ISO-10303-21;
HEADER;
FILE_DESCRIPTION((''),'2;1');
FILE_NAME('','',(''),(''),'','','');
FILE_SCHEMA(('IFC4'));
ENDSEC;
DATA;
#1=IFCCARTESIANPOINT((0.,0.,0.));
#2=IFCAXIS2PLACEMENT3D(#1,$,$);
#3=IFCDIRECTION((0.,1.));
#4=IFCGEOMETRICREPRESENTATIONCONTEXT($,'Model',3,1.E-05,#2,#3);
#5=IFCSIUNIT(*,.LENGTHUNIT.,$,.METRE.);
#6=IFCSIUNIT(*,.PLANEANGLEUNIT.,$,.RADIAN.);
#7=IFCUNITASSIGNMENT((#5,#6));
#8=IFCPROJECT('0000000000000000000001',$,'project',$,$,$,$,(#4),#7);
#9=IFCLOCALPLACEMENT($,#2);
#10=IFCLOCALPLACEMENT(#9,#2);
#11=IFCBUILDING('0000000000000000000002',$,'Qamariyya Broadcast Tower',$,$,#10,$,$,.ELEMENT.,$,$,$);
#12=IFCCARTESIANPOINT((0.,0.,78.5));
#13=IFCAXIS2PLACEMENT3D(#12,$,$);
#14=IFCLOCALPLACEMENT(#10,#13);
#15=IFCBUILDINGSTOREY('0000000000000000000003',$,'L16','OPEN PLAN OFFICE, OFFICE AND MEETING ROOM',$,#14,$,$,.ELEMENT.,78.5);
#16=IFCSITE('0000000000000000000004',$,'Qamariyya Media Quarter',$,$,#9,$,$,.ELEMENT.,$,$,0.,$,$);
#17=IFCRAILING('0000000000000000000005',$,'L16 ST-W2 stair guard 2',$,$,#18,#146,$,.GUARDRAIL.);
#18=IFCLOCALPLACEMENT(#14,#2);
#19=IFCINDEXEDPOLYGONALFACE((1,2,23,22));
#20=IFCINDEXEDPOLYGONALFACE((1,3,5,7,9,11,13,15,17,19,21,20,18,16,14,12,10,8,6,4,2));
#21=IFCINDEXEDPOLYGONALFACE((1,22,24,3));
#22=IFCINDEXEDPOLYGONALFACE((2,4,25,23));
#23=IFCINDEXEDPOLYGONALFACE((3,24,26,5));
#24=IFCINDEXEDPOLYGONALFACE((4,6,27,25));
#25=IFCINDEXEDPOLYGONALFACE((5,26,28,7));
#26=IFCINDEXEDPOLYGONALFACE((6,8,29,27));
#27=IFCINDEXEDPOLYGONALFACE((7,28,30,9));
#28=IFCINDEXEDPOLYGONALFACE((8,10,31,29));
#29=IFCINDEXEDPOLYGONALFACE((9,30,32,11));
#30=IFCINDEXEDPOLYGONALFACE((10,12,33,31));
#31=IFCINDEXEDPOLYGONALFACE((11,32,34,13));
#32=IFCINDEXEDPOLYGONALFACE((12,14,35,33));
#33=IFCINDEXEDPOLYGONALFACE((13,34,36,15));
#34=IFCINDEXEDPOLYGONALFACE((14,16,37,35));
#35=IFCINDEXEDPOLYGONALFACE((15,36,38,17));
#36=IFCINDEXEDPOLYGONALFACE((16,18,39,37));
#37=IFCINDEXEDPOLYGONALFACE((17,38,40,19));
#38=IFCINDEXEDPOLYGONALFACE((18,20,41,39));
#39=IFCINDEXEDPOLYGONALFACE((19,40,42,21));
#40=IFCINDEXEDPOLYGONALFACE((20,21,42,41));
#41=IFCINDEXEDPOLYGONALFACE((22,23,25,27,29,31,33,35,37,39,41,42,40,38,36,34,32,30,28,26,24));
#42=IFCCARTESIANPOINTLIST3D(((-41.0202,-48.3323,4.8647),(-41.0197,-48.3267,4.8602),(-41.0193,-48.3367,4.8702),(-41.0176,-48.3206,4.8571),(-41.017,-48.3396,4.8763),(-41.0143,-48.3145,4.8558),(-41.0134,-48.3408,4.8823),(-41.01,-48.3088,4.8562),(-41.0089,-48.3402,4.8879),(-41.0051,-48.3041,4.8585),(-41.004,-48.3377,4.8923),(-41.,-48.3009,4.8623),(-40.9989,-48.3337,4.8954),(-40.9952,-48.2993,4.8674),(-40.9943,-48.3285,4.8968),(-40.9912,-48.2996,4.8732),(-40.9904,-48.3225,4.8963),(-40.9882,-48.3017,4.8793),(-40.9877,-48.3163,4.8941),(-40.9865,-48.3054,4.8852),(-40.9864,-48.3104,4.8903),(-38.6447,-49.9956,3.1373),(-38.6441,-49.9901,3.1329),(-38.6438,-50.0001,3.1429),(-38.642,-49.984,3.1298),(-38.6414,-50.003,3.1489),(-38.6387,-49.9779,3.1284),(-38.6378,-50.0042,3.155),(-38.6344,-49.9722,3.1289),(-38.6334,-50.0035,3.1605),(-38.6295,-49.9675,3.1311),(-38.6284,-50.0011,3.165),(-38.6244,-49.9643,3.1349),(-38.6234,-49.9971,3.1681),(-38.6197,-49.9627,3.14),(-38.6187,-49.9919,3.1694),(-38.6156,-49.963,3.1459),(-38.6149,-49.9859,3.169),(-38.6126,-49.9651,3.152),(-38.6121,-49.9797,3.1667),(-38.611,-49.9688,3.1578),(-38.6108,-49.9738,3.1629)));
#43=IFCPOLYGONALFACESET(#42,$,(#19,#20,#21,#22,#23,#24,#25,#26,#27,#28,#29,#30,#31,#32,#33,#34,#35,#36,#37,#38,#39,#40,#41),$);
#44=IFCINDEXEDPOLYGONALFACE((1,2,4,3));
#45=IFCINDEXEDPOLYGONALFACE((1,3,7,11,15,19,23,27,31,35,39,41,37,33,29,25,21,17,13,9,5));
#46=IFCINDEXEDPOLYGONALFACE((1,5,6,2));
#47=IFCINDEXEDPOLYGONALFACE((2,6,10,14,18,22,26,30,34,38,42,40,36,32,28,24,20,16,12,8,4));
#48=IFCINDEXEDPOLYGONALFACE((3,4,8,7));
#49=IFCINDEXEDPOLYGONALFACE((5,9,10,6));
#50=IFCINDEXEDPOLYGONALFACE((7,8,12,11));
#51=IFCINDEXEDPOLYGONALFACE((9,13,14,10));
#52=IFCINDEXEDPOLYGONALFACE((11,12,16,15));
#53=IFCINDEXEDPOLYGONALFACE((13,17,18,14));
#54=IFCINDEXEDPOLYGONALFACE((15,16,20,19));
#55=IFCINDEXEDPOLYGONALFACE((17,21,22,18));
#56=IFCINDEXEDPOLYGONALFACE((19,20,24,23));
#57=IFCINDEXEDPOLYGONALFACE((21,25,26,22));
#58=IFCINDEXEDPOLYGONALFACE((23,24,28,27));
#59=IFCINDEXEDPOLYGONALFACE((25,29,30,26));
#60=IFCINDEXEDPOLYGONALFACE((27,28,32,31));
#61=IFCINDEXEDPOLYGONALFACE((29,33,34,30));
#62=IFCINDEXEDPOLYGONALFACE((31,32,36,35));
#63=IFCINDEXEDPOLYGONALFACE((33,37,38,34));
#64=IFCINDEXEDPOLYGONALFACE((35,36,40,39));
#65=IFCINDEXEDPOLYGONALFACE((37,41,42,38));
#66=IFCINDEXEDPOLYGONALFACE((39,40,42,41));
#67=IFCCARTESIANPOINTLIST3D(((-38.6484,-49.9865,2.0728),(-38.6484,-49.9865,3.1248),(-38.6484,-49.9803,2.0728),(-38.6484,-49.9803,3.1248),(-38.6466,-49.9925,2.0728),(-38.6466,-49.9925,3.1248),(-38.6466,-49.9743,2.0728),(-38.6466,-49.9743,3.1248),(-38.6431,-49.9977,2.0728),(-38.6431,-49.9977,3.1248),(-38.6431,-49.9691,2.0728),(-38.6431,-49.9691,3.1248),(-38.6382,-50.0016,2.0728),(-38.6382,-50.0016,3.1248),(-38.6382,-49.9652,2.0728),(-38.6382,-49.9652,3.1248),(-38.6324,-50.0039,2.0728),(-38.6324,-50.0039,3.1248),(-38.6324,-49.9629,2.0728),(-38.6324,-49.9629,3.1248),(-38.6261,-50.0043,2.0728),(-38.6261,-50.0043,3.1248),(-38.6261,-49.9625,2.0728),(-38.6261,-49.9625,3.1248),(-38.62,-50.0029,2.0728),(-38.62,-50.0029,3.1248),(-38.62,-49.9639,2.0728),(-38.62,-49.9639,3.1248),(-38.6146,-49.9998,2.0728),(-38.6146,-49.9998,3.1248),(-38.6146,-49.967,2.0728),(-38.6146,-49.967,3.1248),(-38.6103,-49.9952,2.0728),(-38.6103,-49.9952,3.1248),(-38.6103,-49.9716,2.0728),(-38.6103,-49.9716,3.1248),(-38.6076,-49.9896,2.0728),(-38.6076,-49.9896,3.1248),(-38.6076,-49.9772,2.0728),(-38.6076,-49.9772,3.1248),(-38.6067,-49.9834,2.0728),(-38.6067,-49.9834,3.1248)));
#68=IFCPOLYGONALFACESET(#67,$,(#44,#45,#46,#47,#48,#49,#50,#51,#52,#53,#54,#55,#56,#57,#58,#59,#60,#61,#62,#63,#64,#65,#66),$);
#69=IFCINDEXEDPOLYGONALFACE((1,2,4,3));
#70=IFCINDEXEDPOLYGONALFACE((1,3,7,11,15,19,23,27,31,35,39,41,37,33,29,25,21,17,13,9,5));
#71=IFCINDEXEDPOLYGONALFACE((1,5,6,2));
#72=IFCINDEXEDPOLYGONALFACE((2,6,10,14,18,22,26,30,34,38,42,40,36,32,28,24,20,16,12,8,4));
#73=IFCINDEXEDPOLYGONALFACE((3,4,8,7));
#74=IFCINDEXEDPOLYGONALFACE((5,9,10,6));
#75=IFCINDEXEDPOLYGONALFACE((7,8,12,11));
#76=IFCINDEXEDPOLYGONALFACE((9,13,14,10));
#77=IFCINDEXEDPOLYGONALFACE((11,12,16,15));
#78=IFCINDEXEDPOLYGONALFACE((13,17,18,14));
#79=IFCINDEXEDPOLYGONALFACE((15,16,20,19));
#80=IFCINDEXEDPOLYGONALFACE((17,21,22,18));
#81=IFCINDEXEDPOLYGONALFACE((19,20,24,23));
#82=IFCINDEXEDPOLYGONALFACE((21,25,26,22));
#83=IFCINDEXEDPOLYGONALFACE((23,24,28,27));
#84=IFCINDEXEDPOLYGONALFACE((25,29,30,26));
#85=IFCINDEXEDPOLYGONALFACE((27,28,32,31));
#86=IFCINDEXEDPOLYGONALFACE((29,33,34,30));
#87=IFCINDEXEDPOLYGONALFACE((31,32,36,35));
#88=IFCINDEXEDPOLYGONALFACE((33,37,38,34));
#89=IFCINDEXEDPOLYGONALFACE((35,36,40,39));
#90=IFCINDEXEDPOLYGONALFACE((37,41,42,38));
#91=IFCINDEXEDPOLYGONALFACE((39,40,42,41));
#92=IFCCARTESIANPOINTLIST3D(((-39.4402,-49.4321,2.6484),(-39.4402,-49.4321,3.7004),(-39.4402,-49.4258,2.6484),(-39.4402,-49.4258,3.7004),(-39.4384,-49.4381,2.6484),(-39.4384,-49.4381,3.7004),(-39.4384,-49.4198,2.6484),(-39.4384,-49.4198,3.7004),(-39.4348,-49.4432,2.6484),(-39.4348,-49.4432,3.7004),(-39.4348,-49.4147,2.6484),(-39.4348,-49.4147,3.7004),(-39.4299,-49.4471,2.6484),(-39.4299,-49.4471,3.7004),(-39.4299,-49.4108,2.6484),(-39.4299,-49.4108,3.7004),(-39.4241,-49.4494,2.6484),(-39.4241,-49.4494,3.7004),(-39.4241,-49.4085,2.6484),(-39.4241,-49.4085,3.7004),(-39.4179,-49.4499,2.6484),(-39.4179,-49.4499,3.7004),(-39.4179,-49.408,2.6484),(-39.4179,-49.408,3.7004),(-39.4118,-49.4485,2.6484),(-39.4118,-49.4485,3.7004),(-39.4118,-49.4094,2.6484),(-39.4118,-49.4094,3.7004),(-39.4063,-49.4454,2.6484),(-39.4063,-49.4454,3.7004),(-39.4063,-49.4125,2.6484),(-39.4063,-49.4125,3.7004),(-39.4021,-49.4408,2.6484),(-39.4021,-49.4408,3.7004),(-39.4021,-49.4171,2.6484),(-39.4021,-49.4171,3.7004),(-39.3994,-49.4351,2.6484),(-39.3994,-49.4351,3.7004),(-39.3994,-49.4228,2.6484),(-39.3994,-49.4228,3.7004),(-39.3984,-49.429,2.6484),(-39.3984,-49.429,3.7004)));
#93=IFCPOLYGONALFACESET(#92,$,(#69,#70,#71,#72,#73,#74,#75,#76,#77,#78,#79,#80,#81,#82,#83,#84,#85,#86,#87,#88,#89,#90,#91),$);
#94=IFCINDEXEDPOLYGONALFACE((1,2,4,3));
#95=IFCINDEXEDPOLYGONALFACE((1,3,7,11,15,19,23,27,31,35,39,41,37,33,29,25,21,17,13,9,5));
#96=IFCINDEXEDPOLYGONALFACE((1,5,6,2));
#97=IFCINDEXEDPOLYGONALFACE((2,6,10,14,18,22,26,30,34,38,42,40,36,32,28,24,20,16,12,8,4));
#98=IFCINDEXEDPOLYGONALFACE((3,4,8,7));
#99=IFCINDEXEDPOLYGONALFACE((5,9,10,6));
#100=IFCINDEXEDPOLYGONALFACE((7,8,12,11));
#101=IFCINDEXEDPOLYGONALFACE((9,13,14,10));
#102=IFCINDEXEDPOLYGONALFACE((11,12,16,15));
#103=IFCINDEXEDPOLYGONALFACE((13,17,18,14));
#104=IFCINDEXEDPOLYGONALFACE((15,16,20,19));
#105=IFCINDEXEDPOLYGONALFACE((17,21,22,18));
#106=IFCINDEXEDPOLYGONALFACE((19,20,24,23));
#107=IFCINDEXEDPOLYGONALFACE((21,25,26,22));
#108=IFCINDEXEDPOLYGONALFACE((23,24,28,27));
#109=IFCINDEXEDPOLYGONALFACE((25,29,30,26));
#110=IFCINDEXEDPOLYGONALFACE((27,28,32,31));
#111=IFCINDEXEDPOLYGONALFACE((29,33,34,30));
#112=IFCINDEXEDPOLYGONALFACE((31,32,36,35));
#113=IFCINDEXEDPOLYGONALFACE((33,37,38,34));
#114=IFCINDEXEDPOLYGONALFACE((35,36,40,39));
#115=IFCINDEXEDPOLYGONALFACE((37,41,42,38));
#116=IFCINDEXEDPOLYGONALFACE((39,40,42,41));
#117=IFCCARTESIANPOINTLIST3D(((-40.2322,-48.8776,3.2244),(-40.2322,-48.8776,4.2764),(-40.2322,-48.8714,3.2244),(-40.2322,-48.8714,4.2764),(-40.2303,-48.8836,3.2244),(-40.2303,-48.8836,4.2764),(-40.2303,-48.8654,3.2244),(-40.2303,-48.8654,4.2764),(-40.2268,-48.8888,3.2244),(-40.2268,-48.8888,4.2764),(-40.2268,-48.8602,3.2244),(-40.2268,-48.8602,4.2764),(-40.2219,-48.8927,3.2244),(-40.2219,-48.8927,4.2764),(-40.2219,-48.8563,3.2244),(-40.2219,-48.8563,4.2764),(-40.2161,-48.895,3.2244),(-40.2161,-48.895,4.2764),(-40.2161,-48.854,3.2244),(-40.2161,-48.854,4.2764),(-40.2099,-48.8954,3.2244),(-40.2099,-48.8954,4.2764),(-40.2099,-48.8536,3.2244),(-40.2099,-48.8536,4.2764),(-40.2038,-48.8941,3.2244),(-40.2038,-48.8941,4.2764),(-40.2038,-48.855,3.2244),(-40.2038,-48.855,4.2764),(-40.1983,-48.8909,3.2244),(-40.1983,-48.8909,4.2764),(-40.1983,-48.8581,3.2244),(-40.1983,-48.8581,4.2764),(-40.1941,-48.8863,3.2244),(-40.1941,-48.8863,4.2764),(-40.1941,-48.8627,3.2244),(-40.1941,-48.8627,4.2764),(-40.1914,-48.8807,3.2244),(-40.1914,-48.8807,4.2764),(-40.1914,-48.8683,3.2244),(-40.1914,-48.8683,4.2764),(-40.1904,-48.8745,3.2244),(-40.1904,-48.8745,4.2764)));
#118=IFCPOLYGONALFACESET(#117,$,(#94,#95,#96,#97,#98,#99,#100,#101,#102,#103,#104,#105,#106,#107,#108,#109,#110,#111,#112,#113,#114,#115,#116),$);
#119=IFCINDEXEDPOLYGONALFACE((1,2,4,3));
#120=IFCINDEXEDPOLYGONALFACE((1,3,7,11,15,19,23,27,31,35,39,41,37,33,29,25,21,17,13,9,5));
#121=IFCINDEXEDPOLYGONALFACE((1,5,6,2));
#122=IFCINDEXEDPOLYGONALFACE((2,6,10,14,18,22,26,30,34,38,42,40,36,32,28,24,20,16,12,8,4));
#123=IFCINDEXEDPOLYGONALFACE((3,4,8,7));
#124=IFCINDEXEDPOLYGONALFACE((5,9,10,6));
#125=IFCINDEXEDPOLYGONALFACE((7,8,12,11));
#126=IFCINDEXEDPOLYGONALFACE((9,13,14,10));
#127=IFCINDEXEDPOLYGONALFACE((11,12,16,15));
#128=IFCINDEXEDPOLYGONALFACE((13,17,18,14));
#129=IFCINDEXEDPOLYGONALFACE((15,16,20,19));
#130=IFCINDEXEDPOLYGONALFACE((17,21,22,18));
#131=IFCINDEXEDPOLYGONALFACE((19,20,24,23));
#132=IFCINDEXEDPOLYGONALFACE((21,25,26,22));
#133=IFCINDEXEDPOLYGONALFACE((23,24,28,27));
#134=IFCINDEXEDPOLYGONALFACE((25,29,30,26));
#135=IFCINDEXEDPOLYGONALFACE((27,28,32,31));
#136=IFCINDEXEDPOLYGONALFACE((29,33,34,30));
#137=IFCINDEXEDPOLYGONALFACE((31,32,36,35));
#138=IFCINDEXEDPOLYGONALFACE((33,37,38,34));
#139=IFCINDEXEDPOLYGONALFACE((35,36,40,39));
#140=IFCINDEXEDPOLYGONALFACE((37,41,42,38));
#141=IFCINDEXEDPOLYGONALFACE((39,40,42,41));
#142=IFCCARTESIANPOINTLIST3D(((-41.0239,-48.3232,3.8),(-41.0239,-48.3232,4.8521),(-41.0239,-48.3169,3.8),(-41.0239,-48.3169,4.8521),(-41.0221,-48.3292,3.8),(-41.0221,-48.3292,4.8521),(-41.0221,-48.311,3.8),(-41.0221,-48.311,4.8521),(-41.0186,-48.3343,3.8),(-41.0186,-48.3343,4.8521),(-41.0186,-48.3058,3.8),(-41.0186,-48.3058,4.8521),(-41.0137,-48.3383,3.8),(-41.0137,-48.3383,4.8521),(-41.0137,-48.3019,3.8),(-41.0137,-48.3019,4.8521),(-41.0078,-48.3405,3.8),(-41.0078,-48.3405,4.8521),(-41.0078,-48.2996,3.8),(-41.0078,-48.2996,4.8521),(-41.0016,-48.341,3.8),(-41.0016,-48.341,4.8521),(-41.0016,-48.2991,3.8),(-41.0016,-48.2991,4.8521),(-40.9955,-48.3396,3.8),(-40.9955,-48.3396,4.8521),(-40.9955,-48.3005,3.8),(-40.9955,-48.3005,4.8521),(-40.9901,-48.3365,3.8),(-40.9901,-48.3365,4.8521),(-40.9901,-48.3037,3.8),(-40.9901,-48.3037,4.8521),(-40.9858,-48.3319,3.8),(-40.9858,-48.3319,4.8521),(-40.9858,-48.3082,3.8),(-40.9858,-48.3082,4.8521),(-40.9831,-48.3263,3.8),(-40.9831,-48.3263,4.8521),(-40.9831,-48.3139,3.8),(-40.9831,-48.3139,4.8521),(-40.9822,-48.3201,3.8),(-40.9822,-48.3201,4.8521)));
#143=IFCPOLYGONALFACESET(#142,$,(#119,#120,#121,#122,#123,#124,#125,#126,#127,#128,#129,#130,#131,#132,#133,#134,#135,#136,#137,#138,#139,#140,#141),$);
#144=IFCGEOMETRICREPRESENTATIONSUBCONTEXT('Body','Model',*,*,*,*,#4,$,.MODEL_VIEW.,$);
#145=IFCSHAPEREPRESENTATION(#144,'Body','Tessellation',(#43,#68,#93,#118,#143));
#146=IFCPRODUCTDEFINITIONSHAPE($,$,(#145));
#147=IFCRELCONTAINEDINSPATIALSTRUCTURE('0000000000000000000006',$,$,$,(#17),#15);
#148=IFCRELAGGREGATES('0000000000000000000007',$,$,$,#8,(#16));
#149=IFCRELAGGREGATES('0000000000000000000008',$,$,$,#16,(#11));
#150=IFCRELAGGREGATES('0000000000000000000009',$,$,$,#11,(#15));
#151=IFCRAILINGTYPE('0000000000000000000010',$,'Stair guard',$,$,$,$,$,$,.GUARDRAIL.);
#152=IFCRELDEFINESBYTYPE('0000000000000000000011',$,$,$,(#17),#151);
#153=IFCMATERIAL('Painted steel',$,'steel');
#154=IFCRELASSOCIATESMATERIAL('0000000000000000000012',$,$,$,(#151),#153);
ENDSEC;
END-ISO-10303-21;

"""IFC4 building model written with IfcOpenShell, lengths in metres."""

from ifc_helpers import new_model, si_unit, direction, frame, origin, origin_2d, place, context, subcontext, project, spatial, circle, extrude, material, type_object, element, save


model = new_model("IFC4")

# Units and contexts
model_context = context("Model", 3, precision=1e-05, world=origin(), true_north=direction((0.0, 1.0)))
body_context = subcontext(model_context, "Body", "Model", "MODEL_VIEW")
ifc_project = project(units=[si_unit("LENGTHUNIT", "METRE"), si_unit("PLANEANGLEUNIT", "RADIAN")], contexts=[model_context])

# Site, building, storey
site_placement = place(None, origin())
site = spatial("IfcSite", under=ifc_project, at=site_placement, Name="Qamariyya Media Quarter", CompositionType="ELEMENT", RefElevation=0.0)
building_placement = place(site_placement, origin())
building = spatial("IfcBuilding", under=site, at=building_placement, Name="Qamariyya Broadcast Tower", CompositionType="ELEMENT")
storey_placement = place(building_placement, frame((0.0, 0.0, 78.5)))
storey = spatial("IfcBuildingStorey", under=building, at=storey_placement, Name="L16", Description="OPEN PLAN OFFICE, OFFICE AND MEETING ROOM", CompositionType="ELEMENT", Elevation=78.5)

# Railing
ifc_material_1 = material(Name="Painted steel", Category="steel")
railing_type_1 = type_object("IfcRailingType", Name="Stair guard", PredefinedType="GUARDRAIL", material=ifc_material_1)
railing_1_placement = place(storey_placement, frame((-38.6277, -49.9834, 2.0728)))
element("IfcRailing", 1, at=railing_1_placement, inside=storey, type_object=railing_type_1, Name="L16 ST-W2 stair guard 2", PredefinedType="GUARDRAIL", context=body_context, shape_type="SweptSolid", body=[
    extrude(circle(Radius=0.0239, at=origin_2d()), frame((0.0, 0.0, 1.0762), z_axis=(-0.70377, 0.492784, 0.511734), x_axis=(-0.573575, -0.819153, 0.0)), (0.0, 0.0, 1.0), 3.3755),
    extrude(circle(Radius=0.021, at=origin_2d()), origin(), (0.0, 0.0, 1.0), 1.052),
    extrude(circle(Radius=0.021, at=origin_2d()), frame((-0.7917, 0.5544, 0.5757)), (0.0, 0.0, 1.0), 1.052),
    extrude(circle(Radius=0.021, at=origin_2d()), frame((-1.5837, 1.1089, 1.1516)), (0.0, 0.0, 1.0), 1.052),
    extrude(circle(Radius=0.021, at=origin_2d()), frame((-2.3755, 1.6633, 1.7273)), (0.0, 0.0, 1.0), 1.052),
])

save(model, "model.ifc")
